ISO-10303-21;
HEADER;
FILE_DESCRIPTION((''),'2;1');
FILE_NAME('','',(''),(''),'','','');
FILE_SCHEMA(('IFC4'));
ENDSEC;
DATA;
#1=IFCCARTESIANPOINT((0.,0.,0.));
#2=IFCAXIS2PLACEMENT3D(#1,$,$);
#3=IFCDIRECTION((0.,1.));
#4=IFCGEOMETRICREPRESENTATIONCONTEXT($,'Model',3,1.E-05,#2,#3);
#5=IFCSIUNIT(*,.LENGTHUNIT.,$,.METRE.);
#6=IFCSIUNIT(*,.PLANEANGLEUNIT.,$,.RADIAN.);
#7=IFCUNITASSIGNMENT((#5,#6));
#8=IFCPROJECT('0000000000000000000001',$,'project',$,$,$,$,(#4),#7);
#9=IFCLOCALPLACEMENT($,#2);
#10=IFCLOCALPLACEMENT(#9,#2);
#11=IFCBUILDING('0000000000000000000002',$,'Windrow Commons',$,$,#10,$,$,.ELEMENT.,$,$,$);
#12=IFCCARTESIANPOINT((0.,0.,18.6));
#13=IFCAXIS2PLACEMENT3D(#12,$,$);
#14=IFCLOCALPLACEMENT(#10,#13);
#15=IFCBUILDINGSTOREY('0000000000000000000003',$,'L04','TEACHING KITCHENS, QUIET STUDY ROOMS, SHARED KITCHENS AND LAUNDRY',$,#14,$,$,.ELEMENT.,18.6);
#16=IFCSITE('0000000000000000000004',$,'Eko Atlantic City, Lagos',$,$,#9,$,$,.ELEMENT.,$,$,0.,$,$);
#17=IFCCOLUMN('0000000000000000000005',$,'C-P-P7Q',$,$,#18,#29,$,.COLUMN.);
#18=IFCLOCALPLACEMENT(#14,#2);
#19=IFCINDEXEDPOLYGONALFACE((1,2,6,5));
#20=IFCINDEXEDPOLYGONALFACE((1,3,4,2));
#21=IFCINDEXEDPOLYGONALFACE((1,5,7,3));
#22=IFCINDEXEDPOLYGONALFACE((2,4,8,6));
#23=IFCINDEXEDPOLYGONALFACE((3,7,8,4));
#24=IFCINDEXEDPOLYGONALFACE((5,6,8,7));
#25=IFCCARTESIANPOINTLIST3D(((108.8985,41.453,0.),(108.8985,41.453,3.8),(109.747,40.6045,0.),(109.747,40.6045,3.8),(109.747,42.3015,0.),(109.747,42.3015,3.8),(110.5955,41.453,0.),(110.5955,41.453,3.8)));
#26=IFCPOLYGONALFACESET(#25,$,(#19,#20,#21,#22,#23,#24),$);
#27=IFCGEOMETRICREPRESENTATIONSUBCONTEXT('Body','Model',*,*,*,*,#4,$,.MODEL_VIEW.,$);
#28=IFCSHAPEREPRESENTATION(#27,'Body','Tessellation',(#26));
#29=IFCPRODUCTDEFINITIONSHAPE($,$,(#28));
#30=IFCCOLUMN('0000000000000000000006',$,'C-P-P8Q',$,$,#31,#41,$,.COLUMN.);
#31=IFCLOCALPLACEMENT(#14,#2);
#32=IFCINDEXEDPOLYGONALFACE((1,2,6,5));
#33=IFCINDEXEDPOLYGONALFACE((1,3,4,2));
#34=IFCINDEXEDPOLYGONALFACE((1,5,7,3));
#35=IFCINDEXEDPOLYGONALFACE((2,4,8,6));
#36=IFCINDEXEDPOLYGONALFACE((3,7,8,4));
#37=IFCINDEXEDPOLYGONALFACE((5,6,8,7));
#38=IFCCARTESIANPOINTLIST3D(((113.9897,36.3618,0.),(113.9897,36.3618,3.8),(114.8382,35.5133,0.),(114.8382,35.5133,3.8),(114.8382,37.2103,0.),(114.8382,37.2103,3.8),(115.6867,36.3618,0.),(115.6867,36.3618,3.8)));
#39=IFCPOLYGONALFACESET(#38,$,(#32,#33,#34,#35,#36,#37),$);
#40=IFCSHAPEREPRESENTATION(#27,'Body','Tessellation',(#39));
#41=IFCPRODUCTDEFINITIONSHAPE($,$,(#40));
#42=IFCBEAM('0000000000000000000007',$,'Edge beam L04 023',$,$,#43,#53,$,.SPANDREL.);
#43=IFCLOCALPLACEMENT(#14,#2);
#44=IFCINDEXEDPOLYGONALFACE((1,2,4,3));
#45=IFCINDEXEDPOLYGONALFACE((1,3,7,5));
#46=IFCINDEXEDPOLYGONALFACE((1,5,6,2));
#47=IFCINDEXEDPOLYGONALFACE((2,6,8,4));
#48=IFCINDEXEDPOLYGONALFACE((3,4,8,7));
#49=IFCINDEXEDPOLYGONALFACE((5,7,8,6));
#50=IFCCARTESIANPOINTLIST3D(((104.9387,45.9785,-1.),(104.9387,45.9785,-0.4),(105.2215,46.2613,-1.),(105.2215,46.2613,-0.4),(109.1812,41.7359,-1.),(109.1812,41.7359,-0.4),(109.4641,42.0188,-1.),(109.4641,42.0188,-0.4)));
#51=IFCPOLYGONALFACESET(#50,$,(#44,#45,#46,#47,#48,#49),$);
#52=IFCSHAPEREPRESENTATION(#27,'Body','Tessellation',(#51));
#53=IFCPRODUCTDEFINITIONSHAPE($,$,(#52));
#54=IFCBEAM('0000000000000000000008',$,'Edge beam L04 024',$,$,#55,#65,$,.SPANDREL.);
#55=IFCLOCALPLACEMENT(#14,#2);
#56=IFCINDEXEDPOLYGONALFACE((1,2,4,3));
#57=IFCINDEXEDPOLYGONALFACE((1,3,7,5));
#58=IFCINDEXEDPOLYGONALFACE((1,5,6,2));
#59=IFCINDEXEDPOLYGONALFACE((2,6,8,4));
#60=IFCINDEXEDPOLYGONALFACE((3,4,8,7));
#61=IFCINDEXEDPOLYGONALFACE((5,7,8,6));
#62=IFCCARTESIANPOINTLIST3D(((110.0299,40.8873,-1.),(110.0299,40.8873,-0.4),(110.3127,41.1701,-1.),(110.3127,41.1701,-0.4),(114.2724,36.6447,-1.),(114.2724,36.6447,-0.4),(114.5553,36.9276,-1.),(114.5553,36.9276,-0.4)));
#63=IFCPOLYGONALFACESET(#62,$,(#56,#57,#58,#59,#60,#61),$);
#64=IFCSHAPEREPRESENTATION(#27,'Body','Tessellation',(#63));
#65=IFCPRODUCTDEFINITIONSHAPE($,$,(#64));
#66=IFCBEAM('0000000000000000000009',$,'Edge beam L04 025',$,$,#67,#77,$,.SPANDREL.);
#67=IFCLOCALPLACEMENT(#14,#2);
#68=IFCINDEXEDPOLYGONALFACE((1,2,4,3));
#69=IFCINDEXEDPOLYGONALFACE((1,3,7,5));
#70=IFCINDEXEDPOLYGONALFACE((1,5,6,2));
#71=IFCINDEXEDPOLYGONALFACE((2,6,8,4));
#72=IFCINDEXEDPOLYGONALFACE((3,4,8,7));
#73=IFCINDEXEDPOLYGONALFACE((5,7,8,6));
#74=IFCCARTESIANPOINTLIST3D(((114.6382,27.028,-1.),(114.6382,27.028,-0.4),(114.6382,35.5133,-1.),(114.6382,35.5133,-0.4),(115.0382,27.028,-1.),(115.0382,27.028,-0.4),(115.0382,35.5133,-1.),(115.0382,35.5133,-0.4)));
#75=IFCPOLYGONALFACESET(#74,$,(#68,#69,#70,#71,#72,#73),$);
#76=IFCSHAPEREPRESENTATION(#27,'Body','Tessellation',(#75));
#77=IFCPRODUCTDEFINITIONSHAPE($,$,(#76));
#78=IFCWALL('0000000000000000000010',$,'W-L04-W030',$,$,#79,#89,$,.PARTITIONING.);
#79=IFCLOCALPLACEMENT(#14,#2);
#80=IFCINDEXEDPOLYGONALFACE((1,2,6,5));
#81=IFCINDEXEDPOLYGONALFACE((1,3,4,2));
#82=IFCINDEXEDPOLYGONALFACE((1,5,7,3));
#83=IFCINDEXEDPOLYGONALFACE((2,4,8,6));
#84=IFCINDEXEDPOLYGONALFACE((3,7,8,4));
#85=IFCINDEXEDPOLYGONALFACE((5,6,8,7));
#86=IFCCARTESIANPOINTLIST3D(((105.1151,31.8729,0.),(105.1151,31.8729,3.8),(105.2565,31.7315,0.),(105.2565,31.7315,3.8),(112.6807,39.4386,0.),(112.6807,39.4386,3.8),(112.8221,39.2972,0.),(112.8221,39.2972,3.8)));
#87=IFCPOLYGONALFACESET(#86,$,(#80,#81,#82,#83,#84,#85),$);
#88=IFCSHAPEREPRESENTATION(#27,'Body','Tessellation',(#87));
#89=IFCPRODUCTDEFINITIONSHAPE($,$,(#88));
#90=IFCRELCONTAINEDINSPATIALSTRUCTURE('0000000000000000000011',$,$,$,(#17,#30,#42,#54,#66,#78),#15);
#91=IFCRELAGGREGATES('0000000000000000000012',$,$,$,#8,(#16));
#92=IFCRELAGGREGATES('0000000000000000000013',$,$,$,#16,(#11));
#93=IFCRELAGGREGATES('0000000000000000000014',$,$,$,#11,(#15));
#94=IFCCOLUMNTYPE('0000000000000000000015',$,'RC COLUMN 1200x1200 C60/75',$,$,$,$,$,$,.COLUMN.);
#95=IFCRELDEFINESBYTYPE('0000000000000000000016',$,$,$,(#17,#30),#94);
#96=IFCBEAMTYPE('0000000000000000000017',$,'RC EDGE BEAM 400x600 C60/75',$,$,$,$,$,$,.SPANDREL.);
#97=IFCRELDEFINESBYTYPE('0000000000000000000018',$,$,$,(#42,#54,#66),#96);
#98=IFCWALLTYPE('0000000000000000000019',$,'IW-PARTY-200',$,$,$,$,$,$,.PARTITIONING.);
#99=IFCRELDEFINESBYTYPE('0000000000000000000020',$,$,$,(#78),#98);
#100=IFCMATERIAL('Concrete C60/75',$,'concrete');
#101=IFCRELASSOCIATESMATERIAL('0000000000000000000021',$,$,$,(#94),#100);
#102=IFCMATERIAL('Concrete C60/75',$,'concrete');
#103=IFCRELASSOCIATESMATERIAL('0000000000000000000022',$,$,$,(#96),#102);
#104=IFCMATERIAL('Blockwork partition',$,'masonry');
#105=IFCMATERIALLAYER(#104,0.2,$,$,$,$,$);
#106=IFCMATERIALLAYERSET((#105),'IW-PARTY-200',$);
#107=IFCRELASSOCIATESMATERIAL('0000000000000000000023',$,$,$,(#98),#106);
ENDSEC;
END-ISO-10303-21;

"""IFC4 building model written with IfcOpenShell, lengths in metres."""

from ifc_helpers import new_model, si_unit, direction, frame, frame_2d, origin, origin_2d, place, context, subcontext, project, spatial, rectangle, extrude, material, layer, layer_set, material_profile, profile_set, type_object, element, save


model = new_model("IFC4")

# Units and contexts
model_context = context("Model", 3, precision=1e-05, world=origin(), true_north=direction((0.0, 1.0)))
body_context = subcontext(model_context, "Body", "Model", "MODEL_VIEW")
ifc_project = project(units=[si_unit("LENGTHUNIT", "METRE"), si_unit("PLANEANGLEUNIT", "RADIAN")], contexts=[model_context])

# Site, building, storey
site_placement = place(None, origin())
site = spatial("IfcSite", under=ifc_project, at=site_placement, Name="Eko Atlantic City, Lagos", CompositionType="ELEMENT", RefElevation=0.0)
building_placement = place(site_placement, origin())
building = spatial("IfcBuilding", under=site, at=building_placement, Name="Windrow Commons", CompositionType="ELEMENT")
storey_placement = place(building_placement, frame((0.0, 0.0, 18.6)))
storey = spatial("IfcBuildingStorey", under=building, at=storey_placement, Name="L04", Description="TEACHING KITCHENS, QUIET STUDY ROOMS, SHARED KITCHENS AND LAUNDRY", CompositionType="ELEMENT", Elevation=18.6)

# Columns
ifc_material_1 = material(Name="Concrete C60/75", Category="concrete")
ifc_material_profile_1 = material_profile(ifc_material_1, rectangle(XDim=1.2, YDim=1.2, at=origin_2d()))
ifc_profile_set_1 = profile_set([ifc_material_profile_1], Name="Concrete C60/75")
column_type = type_object("IfcColumnType", Name="RC COLUMN 1200x1200 C60/75", PredefinedType="COLUMN", material=ifc_profile_set_1)
for number, where, z_axis, x_axis, name in (
    (1, (109.747, 41.453, 0.0), (0.0, 0.0, 1.0), (0.707107, -0.707107, 0.0), "C-P-P7Q"),
    (2, (114.8382, 36.3618, 0.0), (0.0, 0.0, 1.0), (0.707107, -0.707107, 0.0), "C-P-P8Q"),
):
    element("IfcColumn", number, at=place(storey_placement, frame(where, z_axis=z_axis, x_axis=x_axis)), inside=storey, type_object=column_type, Name=name, PredefinedType="COLUMN", context=body_context, shape_type="SweptSolid", body=[
        extrude(rectangle(XDim=1.2, YDim=1.2, at=origin_2d()), origin(), (0.0, 0.0, 1.0), 3.8),
    ])

# Beams
ifc_material_2 = material(Name="Concrete C60/75", Category="concrete")
ifc_material_profile_2 = material_profile(ifc_material_2, rectangle(XDim=0.4, YDim=0.6, at=origin_2d()))
ifc_profile_set_2 = profile_set([ifc_material_profile_2], Name="Concrete C60/75")
beam_type = type_object("IfcBeamType", Name="RC EDGE BEAM 400x600 C60/75", PredefinedType="SPANDREL", material=ifc_profile_set_2)
for number, where, z_axis, x_axis, name in (
    (3, (105.0801, 46.1199, -0.7), (0.707107, -0.707107, 0.0), (0.707107, 0.707107, 0.0), "Edge beam L04 023"),
    (4, (110.1713, 41.0287, -0.7), (0.707107, -0.707107, 0.0), (0.707107, 0.707107, 0.0), "Edge beam L04 024"),
):
    element("IfcBeam", number, at=place(storey_placement, frame(where, z_axis=z_axis, x_axis=x_axis)), inside=storey, type_object=beam_type, Name=name, PredefinedType="SPANDREL", context=body_context, shape_type="SweptSolid", body=[
        extrude(rectangle(XDim=0.4, YDim=0.6, at=origin_2d()), origin(), (0.0, 0.0, 1.0), 5.9999),
    ])
beam_placement = place(storey_placement, frame((114.8382, 35.5133, -0.7), z_axis=(0.0, -1.0, 0.0), x_axis=(1.0, 0.0, 0.0)))
element("IfcBeam", 5, at=beam_placement, inside=storey, type_object=beam_type, Name="Edge beam L04 025", PredefinedType="SPANDREL", context=body_context, shape_type="SweptSolid", body=[
    extrude(rectangle(XDim=0.4, YDim=0.6, at=origin_2d()), origin(), (0.0, 0.0, 1.0), 8.4853),
])

# Wall
ifc_material_3 = material(Name="Blockwork partition", Category="masonry")
ifc_layer_1 = layer(ifc_material_3, 0.2)
ifc_layer_set_1 = layer_set([ifc_layer_1], Name="IW-PARTY-200")
wall_type_1 = type_object("IfcWallType", Name="IW-PARTY-200", PredefinedType="PARTITIONING", material=ifc_layer_set_1)
wall_1_placement = place(storey_placement, frame((105.1858, 31.8022, 0.0), z_axis=(0.0, 0.0, 1.0), x_axis=(0.707102, 0.707111, 0.0)))
element("IfcWall", 6, at=wall_1_placement, inside=storey, type_object=wall_type_1, Name="W-L04-W030", PredefinedType="PARTITIONING", context=body_context, shape_type="SweptSolid", body=[
    extrude(rectangle(XDim=10.6994, YDim=0.2, at=frame_2d((5.3497, 0.0))), origin(), (0.0, 0.0, 1.0), 3.8),
])

save(model, "model.ifc")
